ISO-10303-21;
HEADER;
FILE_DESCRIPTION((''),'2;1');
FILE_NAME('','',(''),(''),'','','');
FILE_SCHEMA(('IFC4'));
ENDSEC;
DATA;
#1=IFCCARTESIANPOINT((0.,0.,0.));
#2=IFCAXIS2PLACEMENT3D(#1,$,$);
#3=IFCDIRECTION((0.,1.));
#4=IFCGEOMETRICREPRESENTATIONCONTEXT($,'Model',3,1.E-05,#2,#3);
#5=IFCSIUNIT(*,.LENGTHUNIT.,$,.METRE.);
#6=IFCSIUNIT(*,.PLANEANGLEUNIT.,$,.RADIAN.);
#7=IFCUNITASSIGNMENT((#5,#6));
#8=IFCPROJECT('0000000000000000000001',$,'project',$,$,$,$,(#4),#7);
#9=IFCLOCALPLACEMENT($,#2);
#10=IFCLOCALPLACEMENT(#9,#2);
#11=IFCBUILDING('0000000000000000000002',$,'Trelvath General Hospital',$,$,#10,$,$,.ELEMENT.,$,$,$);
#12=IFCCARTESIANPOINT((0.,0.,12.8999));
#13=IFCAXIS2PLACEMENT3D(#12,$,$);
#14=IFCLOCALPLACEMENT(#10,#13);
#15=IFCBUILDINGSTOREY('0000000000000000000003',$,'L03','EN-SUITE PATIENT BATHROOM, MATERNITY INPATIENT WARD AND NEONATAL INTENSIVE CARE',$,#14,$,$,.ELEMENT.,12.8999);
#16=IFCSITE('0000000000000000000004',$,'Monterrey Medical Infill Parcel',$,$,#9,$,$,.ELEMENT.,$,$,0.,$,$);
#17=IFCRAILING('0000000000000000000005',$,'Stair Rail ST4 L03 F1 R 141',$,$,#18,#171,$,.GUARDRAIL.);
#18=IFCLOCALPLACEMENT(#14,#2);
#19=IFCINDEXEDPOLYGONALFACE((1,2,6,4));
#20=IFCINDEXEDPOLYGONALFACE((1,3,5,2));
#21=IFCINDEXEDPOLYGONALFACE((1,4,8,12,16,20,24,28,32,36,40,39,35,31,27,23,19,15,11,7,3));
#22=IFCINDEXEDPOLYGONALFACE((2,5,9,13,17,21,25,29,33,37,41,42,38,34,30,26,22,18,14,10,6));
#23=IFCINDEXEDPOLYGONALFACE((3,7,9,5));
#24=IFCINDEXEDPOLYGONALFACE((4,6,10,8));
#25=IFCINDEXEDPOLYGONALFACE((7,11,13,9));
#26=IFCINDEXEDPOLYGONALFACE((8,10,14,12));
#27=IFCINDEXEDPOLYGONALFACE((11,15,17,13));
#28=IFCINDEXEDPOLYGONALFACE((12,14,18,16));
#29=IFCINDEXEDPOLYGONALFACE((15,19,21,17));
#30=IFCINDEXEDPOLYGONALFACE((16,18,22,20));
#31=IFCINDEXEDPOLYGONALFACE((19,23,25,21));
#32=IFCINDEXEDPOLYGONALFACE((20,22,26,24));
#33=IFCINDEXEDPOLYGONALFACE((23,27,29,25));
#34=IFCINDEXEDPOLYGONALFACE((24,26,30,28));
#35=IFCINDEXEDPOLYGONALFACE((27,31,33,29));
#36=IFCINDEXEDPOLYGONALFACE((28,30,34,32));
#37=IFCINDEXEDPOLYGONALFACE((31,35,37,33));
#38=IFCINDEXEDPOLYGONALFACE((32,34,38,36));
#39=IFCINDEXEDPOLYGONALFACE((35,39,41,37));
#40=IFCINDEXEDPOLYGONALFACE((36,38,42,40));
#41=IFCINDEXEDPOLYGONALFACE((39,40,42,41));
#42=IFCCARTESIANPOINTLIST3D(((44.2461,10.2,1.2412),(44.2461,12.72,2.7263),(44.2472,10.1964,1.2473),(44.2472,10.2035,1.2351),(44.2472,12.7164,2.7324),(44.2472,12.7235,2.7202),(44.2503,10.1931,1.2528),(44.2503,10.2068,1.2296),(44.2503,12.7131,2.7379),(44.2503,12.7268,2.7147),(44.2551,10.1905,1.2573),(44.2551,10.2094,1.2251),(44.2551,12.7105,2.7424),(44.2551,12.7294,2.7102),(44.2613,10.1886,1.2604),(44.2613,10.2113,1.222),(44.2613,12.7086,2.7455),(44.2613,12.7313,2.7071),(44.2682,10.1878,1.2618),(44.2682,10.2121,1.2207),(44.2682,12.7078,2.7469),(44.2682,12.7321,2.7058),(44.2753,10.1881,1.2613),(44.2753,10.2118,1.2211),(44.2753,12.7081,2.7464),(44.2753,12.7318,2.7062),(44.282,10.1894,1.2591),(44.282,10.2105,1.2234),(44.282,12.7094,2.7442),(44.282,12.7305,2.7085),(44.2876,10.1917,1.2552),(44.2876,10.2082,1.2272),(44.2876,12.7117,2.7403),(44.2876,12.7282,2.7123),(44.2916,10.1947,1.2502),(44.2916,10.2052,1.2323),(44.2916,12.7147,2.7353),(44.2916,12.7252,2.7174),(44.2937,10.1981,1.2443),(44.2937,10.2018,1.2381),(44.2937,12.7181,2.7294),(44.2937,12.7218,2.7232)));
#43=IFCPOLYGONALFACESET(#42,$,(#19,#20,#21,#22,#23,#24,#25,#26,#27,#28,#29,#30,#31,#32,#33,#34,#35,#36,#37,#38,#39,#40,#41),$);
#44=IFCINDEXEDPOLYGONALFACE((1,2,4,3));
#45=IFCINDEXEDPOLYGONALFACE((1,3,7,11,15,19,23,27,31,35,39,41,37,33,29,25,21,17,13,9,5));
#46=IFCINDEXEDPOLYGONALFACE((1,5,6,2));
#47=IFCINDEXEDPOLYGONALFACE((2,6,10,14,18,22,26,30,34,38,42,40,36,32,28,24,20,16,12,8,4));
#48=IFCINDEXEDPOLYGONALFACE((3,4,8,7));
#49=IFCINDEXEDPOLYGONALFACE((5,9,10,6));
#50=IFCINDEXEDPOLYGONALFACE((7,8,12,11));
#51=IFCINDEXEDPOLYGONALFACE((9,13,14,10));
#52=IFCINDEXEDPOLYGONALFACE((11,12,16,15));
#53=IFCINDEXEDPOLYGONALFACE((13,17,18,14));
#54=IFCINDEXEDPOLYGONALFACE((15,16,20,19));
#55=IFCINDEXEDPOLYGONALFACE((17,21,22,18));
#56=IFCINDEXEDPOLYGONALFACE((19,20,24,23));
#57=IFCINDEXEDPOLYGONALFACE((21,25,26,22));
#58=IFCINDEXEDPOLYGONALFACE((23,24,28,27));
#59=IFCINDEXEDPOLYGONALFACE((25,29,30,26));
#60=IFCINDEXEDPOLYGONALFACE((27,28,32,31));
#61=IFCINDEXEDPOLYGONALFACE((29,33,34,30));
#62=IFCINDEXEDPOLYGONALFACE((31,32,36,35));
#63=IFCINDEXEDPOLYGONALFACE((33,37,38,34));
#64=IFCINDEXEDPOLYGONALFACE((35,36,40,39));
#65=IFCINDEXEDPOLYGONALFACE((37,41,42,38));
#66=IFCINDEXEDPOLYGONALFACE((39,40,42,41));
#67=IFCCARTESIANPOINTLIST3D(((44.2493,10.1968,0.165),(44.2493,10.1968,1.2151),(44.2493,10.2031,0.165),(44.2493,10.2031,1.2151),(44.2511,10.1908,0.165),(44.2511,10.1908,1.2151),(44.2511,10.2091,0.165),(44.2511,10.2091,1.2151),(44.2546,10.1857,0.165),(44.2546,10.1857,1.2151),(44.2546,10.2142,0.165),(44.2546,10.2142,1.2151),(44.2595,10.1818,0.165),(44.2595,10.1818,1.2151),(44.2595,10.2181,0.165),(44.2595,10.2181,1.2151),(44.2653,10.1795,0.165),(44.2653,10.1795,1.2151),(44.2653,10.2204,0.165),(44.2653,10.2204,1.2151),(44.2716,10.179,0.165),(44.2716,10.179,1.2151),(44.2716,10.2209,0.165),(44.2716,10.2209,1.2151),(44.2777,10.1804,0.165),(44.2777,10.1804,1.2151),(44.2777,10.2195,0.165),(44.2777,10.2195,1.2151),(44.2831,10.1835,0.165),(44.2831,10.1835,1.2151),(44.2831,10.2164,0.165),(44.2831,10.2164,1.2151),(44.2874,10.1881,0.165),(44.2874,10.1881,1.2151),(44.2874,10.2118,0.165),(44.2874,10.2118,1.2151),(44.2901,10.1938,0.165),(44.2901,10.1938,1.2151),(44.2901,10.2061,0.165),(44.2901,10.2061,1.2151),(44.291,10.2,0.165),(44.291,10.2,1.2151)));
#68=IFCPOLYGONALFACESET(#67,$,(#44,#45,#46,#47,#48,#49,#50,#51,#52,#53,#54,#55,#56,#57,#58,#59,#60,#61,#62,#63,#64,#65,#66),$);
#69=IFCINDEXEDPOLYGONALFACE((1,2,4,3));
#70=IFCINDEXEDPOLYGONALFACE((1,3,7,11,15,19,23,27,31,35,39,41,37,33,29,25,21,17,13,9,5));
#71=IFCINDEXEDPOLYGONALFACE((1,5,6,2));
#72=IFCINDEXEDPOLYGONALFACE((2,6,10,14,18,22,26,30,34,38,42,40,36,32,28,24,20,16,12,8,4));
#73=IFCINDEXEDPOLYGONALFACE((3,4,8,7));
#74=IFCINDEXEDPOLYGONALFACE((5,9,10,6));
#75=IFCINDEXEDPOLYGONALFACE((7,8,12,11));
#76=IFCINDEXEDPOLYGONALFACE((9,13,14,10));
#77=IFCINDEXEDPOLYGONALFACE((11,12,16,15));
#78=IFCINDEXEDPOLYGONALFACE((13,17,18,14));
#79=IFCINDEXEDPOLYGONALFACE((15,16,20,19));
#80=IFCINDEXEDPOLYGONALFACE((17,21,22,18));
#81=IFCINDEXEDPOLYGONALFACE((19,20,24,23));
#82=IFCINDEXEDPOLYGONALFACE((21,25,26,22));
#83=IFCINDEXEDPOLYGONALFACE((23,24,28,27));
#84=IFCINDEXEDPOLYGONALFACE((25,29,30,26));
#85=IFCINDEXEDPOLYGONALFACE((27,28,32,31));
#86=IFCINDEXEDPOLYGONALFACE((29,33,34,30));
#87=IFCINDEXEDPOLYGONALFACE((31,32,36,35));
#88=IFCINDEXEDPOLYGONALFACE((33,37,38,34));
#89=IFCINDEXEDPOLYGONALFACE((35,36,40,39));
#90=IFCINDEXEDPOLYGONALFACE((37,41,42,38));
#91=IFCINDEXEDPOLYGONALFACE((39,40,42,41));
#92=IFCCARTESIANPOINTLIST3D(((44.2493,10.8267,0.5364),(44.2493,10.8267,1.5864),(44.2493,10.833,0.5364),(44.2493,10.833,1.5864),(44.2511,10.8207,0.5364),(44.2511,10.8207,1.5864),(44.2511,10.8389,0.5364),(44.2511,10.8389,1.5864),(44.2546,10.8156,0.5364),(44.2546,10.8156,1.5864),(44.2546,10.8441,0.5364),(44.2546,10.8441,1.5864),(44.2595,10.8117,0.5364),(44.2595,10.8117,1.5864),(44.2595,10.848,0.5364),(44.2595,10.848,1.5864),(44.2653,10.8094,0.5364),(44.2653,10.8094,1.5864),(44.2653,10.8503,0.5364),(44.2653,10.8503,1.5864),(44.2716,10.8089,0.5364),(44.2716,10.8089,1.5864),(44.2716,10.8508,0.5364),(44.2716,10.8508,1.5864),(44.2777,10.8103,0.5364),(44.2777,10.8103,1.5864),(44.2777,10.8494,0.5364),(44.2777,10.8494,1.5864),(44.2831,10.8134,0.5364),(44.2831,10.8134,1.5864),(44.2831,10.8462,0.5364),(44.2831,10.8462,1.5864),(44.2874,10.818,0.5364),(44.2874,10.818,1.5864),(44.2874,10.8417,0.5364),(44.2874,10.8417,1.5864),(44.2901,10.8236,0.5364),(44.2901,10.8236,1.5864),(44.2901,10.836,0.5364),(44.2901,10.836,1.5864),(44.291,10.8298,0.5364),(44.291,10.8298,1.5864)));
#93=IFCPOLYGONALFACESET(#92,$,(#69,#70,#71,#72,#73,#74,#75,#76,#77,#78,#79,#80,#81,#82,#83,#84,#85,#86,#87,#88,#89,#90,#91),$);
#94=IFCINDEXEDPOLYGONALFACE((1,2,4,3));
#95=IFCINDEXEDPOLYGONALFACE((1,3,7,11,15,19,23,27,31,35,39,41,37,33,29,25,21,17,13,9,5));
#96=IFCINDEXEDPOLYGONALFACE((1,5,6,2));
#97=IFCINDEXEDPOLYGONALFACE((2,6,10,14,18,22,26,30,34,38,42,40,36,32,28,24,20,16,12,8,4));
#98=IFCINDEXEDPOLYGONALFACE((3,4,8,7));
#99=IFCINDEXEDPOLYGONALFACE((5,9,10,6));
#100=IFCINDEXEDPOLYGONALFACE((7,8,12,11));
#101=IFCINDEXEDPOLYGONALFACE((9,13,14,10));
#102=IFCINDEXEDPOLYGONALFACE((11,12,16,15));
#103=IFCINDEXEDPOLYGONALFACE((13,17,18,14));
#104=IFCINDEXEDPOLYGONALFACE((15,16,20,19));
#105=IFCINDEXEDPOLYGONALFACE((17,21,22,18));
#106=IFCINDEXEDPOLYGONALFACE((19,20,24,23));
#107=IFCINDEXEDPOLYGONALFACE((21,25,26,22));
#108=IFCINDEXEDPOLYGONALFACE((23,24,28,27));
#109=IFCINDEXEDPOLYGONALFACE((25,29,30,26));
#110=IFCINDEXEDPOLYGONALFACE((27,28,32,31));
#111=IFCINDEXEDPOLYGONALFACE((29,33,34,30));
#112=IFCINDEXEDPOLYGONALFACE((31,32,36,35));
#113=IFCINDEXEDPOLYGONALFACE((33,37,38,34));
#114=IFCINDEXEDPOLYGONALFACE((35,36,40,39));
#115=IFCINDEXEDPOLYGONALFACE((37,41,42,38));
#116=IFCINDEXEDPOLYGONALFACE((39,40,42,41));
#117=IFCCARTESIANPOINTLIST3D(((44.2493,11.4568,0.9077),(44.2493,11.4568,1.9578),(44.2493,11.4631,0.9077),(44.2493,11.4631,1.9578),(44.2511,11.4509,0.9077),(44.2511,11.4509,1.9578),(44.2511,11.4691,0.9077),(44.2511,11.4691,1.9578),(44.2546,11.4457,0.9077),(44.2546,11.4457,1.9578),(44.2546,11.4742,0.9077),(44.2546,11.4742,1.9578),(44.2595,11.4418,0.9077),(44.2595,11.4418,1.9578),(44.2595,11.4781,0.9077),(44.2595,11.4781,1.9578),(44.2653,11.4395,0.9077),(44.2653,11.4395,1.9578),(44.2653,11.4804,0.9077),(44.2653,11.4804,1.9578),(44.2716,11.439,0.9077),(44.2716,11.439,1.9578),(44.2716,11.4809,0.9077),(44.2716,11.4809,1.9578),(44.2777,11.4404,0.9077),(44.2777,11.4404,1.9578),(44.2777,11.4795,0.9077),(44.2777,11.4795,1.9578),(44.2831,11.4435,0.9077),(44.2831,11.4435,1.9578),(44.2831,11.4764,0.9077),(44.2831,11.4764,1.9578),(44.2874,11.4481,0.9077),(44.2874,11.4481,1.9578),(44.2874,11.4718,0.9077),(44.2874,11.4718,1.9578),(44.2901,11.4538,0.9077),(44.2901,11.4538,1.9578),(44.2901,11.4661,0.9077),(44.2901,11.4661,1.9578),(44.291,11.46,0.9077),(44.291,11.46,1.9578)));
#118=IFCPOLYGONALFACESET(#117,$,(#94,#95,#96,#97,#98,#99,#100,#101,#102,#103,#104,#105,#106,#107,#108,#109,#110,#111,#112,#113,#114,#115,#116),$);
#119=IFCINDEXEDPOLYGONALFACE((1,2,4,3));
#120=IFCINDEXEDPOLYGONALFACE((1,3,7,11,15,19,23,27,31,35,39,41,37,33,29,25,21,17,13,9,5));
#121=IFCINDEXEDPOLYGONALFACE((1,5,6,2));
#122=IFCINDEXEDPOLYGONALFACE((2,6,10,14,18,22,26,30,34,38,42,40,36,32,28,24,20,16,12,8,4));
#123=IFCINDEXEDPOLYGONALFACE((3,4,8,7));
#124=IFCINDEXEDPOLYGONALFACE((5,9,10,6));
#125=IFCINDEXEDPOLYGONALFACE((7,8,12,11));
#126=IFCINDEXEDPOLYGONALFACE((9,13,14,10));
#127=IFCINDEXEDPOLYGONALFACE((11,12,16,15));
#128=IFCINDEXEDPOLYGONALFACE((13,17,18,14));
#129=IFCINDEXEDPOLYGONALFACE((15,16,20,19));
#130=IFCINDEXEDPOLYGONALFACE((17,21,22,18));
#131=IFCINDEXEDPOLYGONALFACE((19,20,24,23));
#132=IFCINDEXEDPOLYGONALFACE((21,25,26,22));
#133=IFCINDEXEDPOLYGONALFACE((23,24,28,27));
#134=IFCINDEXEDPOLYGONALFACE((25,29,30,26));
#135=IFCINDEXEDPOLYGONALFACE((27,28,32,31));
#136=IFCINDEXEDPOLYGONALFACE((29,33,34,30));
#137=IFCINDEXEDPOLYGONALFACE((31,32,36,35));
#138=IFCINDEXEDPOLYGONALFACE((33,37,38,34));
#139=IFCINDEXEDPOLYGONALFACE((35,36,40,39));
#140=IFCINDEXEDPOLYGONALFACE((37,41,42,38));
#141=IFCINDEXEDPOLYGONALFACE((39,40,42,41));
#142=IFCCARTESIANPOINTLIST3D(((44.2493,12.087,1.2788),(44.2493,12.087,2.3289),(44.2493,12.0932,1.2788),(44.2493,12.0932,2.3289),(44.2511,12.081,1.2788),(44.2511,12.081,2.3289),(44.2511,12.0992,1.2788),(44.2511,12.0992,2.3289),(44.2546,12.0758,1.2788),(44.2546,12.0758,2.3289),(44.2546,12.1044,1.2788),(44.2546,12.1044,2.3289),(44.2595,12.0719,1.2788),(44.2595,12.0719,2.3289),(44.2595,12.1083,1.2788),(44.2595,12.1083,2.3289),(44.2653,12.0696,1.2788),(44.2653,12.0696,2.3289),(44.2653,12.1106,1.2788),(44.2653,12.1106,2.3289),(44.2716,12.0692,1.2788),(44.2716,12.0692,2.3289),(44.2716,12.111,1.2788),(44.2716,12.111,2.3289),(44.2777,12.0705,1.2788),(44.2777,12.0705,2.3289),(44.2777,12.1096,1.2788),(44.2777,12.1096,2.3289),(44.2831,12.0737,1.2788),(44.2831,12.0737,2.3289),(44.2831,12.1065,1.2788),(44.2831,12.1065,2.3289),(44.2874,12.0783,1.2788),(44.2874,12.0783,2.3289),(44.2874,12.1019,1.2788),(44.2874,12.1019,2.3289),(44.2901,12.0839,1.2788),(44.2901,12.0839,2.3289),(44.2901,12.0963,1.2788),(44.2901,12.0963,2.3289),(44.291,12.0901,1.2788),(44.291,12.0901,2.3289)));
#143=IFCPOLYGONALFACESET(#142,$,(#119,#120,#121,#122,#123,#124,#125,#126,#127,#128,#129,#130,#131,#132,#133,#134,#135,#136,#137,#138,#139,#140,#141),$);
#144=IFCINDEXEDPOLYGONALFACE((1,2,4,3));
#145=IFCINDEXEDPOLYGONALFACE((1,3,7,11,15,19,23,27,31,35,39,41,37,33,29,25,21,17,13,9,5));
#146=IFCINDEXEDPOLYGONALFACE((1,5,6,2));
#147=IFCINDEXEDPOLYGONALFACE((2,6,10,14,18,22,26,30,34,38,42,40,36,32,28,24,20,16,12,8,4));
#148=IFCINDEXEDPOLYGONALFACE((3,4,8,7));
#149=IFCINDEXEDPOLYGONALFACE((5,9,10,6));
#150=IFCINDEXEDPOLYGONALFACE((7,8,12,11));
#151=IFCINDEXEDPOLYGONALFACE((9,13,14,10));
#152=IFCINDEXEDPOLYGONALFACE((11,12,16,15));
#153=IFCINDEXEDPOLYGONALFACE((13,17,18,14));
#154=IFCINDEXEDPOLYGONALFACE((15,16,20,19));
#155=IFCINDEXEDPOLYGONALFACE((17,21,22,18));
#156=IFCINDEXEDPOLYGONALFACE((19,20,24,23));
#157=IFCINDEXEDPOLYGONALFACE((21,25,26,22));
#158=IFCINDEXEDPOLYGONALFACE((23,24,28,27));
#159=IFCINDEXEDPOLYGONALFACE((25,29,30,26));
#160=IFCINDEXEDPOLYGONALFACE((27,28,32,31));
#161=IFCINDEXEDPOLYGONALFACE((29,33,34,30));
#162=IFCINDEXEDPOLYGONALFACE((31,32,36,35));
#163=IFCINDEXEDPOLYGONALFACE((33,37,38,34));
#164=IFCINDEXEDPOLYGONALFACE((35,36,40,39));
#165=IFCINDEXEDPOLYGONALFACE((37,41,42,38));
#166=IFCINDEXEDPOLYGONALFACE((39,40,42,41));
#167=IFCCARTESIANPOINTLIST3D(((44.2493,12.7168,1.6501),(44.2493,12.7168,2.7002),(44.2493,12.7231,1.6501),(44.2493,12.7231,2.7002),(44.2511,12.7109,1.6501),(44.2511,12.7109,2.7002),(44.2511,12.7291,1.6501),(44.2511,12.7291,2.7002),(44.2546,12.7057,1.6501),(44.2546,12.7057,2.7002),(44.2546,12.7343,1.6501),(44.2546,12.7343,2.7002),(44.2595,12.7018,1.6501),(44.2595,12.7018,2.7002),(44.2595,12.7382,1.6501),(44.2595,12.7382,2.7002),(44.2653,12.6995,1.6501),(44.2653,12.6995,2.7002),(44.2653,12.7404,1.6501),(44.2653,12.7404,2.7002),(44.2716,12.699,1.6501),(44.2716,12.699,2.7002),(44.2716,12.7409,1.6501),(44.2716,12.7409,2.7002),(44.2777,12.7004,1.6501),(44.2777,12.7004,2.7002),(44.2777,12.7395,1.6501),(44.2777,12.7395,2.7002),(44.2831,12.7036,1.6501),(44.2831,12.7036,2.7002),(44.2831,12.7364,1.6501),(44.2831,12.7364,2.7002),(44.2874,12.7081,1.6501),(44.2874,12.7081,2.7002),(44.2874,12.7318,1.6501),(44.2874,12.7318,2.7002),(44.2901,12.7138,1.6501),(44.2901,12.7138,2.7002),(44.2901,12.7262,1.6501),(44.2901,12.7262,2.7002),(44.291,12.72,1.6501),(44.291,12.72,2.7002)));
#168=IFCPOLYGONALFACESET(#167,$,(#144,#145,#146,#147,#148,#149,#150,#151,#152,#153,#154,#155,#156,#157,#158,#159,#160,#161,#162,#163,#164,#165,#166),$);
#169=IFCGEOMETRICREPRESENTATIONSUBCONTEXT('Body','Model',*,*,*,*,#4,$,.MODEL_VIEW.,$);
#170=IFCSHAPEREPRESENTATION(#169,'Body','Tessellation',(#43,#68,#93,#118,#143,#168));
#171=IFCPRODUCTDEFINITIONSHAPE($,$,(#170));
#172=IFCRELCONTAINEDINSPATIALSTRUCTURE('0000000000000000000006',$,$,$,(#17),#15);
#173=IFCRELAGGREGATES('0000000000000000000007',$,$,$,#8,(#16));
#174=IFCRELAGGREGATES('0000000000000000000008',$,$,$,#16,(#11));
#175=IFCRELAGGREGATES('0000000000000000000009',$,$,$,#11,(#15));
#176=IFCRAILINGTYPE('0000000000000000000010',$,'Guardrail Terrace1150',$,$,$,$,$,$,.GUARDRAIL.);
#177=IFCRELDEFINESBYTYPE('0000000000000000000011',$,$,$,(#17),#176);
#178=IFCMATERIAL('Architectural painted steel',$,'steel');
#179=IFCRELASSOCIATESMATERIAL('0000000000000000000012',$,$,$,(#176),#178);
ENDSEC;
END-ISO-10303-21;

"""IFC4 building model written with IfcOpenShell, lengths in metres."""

from ifc_helpers import new_model, si_unit, direction, frame, origin, origin_2d, place, context, subcontext, project, spatial, circle, extrude, material, type_object, element, save


model = new_model("IFC4")

# Units and contexts
model_context = context("Model", 3, precision=1e-05, world=origin(), true_north=direction((0.0, 1.0)))
body_context = subcontext(model_context, "Body", "Model", "MODEL_VIEW")
ifc_project = project(units=[si_unit("LENGTHUNIT", "METRE"), si_unit("PLANEANGLEUNIT", "RADIAN")], contexts=[model_context])

# Site, building, storey
site_placement = place(None, origin())
site = spatial("IfcSite", under=ifc_project, at=site_placement, Name="Monterrey Medical Infill Parcel", CompositionType="ELEMENT", RefElevation=0.0)
building_placement = place(site_placement, origin())
building = spatial("IfcBuilding", under=site, at=building_placement, Name="Trelvath General Hospital", CompositionType="ELEMENT")
storey_placement = place(building_placement, frame((0.0, 0.0, 12.8999)))
storey = spatial("IfcBuildingStorey", under=building, at=storey_placement, Name="L03", Description="EN-SUITE PATIENT BATHROOM, MATERNITY INPATIENT WARD AND NEONATAL INTENSIVE CARE", CompositionType="ELEMENT", Elevation=12.8999)

# Railing
ifc_material_1 = material(Name="Architectural painted steel", Category="steel")
railing_type_1 = type_object("IfcRailingType", Name="Guardrail Terrace1150", PredefinedType="GUARDRAIL", material=ifc_material_1)
railing_1_placement = place(storey_placement, frame((44.27, 10.2, 0.165)))
element("IfcRailing", 1, at=railing_1_placement, inside=storey, type_object=railing_type_1, Name="Stair Rail ST4 L03 F1 R 141", PredefinedType="GUARDRAIL", context=body_context, shape_type="SweptSolid", body=[
    extrude(circle(Radius=0.0239, at=origin_2d()), frame((0.0, 0.0, 1.0762), z_axis=(0.0, 0.861524, 0.507717), x_axis=(-1.0, 0.0, 0.0)), (0.0, 0.0, 1.0), 2.925),
    extrude(circle(Radius=0.021, at=origin_2d()), origin(), (0.0, 0.0, 1.0), 1.05),
    extrude(circle(Radius=0.021, at=origin_2d()), frame((0.0, 0.6299, 0.3713)), (0.0, 0.0, 1.0), 1.05),
    extrude(circle(Radius=0.021, at=origin_2d()), frame((0.0, 1.26, 0.7427)), (0.0, 0.0, 1.0), 1.05),
    extrude(circle(Radius=0.021, at=origin_2d()), frame((0.0, 1.8901, 1.1138)), (0.0, 0.0, 1.0), 1.05),
    extrude(circle(Radius=0.021, at=origin_2d()), frame((0.0, 2.52, 1.4851)), (0.0, 0.0, 1.0), 1.05),
])

save(model, "model.ifc")
